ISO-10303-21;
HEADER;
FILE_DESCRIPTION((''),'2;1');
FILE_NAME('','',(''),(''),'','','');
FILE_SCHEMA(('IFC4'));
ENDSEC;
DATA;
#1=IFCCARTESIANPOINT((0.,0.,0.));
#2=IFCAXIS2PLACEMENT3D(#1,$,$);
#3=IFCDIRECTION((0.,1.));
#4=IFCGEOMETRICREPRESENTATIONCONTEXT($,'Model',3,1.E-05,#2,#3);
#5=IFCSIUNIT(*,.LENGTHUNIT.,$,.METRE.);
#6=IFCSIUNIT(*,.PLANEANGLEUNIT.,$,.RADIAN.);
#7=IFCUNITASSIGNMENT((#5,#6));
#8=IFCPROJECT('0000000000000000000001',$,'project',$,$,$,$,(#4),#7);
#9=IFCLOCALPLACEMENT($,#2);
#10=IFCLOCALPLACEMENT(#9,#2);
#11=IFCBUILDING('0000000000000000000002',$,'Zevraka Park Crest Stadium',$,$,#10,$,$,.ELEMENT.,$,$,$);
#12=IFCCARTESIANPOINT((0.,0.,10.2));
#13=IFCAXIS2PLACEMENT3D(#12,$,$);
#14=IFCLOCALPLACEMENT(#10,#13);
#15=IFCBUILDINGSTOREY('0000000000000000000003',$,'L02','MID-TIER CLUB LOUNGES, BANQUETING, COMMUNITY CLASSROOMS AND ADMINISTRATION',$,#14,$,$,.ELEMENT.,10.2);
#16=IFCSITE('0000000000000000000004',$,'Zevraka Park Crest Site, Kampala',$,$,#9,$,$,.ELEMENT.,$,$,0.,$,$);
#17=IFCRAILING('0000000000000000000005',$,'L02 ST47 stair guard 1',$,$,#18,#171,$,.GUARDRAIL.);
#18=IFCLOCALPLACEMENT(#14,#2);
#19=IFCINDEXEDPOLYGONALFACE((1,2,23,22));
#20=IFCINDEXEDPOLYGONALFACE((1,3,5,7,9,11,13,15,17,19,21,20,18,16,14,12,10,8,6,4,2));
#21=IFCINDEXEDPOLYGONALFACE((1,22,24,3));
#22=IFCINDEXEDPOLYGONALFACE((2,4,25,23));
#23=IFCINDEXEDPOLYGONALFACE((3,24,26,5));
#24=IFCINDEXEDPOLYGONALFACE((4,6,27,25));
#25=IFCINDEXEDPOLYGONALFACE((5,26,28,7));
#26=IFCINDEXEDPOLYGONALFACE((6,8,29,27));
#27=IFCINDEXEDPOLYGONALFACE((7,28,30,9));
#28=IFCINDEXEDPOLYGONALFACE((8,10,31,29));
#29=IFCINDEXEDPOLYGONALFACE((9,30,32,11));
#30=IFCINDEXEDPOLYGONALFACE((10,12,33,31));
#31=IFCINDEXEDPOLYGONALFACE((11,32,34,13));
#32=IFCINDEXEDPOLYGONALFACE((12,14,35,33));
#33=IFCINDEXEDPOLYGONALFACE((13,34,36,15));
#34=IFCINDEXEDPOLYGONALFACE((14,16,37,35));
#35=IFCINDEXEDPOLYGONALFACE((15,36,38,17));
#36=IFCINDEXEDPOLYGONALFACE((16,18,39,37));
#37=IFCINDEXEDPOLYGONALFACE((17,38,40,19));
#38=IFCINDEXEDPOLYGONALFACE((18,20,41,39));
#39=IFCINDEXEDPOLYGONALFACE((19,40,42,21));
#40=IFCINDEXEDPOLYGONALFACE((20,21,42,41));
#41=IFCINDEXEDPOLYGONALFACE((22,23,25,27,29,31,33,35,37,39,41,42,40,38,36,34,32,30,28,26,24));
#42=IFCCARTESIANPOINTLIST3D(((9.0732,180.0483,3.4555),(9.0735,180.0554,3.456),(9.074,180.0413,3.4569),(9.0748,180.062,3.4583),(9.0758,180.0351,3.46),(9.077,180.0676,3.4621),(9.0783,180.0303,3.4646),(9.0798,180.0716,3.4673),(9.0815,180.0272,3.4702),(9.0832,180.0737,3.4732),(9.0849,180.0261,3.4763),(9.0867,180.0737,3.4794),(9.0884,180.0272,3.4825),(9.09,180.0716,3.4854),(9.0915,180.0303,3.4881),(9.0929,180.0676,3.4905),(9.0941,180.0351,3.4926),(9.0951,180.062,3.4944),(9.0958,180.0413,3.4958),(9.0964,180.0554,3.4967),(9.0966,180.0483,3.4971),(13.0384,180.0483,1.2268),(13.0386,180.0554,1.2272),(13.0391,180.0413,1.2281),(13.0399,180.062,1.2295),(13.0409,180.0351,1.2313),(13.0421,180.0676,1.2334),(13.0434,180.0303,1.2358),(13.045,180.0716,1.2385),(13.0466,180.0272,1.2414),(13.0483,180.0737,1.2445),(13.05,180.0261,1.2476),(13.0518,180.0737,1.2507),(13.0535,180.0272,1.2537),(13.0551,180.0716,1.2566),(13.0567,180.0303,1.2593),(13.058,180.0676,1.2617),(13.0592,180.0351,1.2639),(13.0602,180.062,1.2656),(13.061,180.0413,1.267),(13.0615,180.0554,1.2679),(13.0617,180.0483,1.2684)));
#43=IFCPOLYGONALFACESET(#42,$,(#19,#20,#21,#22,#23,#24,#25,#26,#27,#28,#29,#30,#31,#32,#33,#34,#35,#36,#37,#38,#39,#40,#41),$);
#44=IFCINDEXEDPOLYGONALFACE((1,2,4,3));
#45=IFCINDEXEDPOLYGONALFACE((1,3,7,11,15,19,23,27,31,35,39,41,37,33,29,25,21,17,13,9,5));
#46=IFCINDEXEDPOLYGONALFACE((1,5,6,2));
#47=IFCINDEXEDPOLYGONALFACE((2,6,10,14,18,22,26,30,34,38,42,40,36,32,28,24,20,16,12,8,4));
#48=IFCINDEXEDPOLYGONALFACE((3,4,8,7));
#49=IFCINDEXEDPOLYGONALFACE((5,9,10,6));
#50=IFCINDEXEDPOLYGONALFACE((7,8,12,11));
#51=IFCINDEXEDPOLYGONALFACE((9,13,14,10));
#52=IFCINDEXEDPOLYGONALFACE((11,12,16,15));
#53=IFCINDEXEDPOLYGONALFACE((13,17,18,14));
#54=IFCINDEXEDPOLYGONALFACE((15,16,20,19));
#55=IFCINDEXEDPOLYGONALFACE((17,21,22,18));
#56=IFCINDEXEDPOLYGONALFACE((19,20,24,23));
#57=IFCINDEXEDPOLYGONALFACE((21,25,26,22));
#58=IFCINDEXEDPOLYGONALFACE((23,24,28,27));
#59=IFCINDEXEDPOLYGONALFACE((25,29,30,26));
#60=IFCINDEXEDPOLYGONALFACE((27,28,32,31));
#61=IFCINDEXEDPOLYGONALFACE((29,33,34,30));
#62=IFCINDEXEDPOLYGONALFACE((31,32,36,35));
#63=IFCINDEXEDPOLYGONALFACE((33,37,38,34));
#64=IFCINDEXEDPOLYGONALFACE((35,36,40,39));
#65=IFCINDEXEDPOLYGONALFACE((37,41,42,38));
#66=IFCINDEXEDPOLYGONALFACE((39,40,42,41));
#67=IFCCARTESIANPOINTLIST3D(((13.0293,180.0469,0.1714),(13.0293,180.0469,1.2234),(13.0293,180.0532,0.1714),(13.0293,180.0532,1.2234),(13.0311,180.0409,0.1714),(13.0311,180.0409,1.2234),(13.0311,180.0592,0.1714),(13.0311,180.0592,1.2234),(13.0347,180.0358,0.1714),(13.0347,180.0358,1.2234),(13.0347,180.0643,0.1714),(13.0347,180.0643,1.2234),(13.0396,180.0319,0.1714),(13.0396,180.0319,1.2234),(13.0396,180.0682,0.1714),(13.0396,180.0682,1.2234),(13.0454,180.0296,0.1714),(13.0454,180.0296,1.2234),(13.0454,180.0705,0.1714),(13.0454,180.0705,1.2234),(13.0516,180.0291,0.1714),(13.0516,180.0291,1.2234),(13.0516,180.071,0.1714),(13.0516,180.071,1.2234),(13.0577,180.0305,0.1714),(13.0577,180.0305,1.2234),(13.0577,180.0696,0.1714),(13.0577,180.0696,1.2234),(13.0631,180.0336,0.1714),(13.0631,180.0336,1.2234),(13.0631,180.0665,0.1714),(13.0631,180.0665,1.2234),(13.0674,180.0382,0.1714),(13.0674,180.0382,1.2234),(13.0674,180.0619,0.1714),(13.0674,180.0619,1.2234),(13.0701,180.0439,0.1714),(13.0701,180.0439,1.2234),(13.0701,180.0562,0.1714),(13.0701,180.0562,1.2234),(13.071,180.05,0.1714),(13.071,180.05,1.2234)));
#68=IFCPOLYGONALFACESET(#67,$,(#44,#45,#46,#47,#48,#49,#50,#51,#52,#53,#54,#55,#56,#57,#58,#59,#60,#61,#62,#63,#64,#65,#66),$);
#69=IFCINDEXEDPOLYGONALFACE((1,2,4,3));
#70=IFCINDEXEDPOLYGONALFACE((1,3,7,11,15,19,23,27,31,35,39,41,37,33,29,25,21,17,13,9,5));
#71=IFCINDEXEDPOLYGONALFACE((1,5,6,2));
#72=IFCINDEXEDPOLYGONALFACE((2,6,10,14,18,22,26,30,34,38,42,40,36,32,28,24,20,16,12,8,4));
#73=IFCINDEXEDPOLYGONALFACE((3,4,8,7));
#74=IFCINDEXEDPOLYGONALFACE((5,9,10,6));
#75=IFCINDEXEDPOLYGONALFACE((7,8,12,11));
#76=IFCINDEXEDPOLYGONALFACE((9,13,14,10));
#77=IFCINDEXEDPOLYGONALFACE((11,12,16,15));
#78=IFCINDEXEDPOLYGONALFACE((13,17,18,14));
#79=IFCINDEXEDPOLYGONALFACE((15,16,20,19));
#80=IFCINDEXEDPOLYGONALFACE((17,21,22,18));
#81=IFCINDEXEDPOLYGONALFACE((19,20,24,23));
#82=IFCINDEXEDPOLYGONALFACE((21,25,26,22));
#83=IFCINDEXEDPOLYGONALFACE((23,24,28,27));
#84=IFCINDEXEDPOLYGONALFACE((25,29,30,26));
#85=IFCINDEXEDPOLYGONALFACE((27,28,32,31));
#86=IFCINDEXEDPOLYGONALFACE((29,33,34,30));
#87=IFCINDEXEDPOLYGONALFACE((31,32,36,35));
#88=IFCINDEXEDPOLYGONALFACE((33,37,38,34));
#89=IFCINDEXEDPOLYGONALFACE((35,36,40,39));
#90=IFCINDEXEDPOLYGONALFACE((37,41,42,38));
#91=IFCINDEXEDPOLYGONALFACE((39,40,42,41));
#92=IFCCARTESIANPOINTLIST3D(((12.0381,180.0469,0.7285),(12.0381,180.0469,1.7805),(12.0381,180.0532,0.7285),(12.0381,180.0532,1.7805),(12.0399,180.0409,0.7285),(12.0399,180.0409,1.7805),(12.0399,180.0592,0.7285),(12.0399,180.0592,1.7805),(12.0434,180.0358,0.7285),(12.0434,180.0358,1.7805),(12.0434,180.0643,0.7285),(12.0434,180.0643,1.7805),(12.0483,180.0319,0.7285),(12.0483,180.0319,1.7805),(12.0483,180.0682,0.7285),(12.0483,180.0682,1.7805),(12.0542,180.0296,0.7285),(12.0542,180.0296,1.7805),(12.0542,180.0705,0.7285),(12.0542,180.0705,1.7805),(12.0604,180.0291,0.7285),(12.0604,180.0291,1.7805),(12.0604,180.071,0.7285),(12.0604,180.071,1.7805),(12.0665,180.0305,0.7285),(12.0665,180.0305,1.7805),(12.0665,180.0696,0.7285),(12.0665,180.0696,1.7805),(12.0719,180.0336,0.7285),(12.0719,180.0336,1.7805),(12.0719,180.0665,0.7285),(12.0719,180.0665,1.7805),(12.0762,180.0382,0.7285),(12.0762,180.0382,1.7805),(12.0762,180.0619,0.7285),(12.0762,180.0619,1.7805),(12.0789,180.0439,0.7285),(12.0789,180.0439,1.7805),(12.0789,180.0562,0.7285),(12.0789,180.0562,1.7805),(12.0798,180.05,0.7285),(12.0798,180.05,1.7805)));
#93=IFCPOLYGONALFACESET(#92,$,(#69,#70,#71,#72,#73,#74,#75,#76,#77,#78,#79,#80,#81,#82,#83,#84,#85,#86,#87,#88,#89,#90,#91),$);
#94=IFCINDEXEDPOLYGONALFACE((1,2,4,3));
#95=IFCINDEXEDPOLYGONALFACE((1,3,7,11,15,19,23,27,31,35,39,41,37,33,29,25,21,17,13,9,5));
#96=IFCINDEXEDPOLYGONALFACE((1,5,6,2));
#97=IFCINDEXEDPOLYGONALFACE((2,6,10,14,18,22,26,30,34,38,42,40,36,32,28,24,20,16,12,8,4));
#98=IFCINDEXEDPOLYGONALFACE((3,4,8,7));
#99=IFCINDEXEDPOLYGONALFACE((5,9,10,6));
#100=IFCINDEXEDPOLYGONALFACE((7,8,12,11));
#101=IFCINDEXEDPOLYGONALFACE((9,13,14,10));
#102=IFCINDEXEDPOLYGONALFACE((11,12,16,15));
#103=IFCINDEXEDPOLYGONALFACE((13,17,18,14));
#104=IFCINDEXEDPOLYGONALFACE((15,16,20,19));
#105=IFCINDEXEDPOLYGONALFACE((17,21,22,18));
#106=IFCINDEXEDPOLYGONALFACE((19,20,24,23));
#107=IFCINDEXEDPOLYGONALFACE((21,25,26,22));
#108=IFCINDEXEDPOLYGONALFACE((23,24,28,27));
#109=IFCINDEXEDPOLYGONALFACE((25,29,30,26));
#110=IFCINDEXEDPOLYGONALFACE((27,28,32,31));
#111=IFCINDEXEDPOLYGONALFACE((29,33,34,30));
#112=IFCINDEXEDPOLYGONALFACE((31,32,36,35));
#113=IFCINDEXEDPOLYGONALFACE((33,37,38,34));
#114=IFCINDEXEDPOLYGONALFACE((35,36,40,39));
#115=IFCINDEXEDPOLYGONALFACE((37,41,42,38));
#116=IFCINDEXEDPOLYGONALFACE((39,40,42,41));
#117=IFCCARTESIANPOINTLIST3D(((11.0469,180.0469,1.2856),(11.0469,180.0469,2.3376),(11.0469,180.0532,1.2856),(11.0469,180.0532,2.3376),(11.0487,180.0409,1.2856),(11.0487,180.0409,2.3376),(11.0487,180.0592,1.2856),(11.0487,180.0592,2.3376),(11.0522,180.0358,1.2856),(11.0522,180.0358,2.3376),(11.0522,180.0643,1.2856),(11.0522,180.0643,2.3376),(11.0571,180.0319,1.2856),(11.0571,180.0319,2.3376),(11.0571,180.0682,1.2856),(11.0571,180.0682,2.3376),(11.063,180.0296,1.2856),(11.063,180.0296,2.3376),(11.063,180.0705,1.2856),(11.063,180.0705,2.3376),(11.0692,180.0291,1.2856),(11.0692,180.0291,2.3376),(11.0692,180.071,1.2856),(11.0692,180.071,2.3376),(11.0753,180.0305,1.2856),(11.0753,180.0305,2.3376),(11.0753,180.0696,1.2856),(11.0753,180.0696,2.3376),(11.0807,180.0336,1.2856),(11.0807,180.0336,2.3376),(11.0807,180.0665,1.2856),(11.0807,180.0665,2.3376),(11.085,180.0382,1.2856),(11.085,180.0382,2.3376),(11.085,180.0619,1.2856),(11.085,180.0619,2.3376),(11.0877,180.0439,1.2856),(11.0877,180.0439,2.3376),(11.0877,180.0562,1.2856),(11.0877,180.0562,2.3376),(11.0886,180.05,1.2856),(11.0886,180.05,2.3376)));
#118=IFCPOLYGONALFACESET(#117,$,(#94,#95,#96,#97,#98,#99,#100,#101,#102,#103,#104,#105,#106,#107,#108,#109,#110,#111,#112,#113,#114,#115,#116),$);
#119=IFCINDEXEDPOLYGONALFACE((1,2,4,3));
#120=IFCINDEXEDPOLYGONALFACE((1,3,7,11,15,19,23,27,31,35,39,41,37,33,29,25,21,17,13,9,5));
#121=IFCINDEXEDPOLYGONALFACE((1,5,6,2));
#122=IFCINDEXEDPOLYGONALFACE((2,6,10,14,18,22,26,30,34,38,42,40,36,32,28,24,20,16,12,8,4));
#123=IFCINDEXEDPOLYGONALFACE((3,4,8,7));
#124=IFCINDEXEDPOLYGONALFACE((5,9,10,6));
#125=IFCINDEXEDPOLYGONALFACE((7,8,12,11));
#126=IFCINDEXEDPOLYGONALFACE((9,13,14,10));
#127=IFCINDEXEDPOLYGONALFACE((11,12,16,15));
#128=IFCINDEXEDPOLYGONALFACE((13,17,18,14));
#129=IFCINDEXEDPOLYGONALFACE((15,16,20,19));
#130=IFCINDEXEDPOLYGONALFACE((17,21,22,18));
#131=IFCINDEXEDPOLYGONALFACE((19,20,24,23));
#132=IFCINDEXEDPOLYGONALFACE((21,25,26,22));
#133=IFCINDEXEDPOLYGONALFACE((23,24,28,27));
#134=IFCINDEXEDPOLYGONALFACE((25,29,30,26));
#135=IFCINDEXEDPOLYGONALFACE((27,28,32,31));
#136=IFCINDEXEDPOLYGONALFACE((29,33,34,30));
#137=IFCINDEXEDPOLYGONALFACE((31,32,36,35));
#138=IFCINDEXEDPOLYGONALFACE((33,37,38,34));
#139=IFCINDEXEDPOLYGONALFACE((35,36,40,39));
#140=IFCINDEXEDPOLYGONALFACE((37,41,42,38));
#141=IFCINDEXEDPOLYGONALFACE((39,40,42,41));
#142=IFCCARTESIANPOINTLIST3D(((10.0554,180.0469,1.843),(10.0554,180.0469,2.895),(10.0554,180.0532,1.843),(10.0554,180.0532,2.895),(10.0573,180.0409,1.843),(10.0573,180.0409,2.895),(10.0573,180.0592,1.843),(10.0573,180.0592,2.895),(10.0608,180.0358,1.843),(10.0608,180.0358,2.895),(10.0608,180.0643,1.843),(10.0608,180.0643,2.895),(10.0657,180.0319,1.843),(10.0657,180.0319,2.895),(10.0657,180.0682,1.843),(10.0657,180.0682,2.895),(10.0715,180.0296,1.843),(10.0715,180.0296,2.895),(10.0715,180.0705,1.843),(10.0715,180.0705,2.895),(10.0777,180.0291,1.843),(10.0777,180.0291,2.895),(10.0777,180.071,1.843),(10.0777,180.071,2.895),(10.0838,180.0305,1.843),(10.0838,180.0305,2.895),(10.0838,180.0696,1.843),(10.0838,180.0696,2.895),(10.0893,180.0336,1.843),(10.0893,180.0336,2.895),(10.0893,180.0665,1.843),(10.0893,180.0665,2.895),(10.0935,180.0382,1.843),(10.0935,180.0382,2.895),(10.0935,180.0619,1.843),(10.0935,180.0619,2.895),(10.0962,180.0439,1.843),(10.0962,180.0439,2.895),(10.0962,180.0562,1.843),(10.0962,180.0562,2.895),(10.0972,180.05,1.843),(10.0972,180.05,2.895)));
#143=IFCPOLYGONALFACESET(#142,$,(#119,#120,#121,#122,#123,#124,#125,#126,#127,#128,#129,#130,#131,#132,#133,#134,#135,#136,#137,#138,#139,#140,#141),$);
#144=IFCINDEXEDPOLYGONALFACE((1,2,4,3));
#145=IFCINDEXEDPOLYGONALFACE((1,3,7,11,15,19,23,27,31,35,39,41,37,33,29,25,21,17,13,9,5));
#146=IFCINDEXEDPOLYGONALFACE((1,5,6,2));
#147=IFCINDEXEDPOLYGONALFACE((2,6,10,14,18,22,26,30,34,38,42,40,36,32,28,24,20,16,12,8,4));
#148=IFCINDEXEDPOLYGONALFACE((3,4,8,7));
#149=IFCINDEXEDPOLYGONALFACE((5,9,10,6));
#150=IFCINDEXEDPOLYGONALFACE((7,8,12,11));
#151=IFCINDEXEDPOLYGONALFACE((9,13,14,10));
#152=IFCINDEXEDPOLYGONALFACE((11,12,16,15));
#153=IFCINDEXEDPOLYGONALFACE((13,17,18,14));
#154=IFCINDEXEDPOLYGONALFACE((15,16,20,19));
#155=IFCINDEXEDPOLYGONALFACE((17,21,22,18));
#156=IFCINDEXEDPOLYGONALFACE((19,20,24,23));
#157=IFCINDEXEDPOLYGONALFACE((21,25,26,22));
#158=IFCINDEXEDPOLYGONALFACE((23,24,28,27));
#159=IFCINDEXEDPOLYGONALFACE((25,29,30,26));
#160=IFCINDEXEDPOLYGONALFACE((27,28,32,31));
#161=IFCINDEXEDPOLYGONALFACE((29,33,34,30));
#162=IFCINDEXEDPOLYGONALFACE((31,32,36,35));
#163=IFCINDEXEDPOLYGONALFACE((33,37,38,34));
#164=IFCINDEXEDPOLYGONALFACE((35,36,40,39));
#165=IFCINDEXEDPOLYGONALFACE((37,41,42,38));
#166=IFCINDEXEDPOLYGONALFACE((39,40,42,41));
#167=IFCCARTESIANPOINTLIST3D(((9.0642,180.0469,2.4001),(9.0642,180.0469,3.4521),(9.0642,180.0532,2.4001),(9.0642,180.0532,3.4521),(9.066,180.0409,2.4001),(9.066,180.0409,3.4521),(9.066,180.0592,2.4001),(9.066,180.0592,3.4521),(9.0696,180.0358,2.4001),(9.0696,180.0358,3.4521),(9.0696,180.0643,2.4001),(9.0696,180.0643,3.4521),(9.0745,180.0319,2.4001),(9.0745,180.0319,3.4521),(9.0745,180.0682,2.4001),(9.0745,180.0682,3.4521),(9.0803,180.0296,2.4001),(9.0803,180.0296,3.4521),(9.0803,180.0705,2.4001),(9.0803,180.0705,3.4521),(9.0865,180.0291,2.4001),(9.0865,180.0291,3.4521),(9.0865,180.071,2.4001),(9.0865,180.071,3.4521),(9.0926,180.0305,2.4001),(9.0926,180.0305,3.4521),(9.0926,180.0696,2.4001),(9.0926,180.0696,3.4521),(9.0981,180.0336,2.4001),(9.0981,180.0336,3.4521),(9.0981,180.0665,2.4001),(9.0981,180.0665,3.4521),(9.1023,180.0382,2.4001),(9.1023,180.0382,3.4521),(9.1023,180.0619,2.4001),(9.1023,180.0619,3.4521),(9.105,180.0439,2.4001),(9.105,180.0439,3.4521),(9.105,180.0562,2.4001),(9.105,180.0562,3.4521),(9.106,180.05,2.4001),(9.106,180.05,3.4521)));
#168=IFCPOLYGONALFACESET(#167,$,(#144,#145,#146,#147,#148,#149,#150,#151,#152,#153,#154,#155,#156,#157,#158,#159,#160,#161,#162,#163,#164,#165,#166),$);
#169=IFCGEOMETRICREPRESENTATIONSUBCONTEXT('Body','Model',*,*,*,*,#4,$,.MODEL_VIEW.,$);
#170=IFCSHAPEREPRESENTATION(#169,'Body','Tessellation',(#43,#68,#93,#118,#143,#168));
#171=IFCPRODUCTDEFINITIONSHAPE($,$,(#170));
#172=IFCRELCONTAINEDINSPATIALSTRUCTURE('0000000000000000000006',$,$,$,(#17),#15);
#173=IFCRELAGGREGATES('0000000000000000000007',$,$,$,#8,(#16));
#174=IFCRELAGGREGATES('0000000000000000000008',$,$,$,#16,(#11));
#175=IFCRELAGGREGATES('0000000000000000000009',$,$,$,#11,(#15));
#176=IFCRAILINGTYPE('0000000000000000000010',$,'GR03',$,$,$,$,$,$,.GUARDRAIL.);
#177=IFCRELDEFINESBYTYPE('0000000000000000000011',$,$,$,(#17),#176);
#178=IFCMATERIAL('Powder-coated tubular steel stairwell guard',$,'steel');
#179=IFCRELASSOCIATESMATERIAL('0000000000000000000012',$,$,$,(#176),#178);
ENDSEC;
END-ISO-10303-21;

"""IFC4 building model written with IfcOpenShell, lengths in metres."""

from ifc_helpers import new_model, si_unit, direction, frame, origin, origin_2d, place, context, subcontext, project, spatial, circle, extrude, material, type_object, element, save


model = new_model("IFC4")

# Units and contexts
model_context = context("Model", 3, precision=1e-05, world=origin(), true_north=direction((0.0, 1.0)))
body_context = subcontext(model_context, "Body", "Model", "MODEL_VIEW")
ifc_project = project(units=[si_unit("LENGTHUNIT", "METRE"), si_unit("PLANEANGLEUNIT", "RADIAN")], contexts=[model_context])

# Site, building, storey
site_placement = place(None, origin())
site = spatial("IfcSite", under=ifc_project, at=site_placement, Name="Zevraka Park Crest Site, Kampala", CompositionType="ELEMENT", RefElevation=0.0)
building_placement = place(site_placement, origin())
building = spatial("IfcBuilding", under=site, at=building_placement, Name="Zevraka Park Crest Stadium", CompositionType="ELEMENT")
storey_placement = place(building_placement, frame((0.0, 0.0, 10.2)))
storey = spatial("IfcBuildingStorey", under=building, at=storey_placement, Name="L02", Description="MID-TIER CLUB LOUNGES, BANQUETING, COMMUNITY CLASSROOMS AND ADMINISTRATION", CompositionType="ELEMENT", Elevation=10.2)

# Railing
ifc_material_1 = material(Name="Powder-coated tubular steel stairwell guard", Category="steel")
railing_type_1 = type_object("IfcRailingType", Name="GR03", PredefinedType="GUARDRAIL", material=ifc_material_1)
railing_1_placement = place(storey_placement, frame((13.05, 180.05, 0.1714)))
element("IfcRailing", 1, at=railing_1_placement, inside=storey, type_object=railing_type_1, Name="L02 ST47 stair guard 1", PredefinedType="GUARDRAIL", context=body_context, shape_type="SweptSolid", body=[
    extrude(circle(Radius=0.0239, at=origin_2d()), frame((0.0, 0.0, 1.0762), z_axis=(-0.871726, 0.0, 0.489994), x_axis=(0.0, -1.0, 0.0)), (0.0, 0.0, 1.0), 4.5486),
    extrude(circle(Radius=0.021, at=origin_2d()), origin(), (0.0, 0.0, 1.0), 1.052),
    extrude(circle(Radius=0.021, at=origin_2d()), frame((-0.9912, 0.0, 0.5571)), (0.0, 0.0, 1.0), 1.052),
    extrude(circle(Radius=0.021, at=origin_2d()), frame((-1.9824, 0.0, 1.1143)), (0.0, 0.0, 1.0), 1.052),
    extrude(circle(Radius=0.021, at=origin_2d()), frame((-2.9739, 0.0, 1.6716)), (0.0, 0.0, 1.0), 1.052),
    extrude(circle(Radius=0.021, at=origin_2d()), frame((-3.9651, 0.0, 2.2288)), (0.0, 0.0, 1.0), 1.052),
])

save(model, "model.ifc")
